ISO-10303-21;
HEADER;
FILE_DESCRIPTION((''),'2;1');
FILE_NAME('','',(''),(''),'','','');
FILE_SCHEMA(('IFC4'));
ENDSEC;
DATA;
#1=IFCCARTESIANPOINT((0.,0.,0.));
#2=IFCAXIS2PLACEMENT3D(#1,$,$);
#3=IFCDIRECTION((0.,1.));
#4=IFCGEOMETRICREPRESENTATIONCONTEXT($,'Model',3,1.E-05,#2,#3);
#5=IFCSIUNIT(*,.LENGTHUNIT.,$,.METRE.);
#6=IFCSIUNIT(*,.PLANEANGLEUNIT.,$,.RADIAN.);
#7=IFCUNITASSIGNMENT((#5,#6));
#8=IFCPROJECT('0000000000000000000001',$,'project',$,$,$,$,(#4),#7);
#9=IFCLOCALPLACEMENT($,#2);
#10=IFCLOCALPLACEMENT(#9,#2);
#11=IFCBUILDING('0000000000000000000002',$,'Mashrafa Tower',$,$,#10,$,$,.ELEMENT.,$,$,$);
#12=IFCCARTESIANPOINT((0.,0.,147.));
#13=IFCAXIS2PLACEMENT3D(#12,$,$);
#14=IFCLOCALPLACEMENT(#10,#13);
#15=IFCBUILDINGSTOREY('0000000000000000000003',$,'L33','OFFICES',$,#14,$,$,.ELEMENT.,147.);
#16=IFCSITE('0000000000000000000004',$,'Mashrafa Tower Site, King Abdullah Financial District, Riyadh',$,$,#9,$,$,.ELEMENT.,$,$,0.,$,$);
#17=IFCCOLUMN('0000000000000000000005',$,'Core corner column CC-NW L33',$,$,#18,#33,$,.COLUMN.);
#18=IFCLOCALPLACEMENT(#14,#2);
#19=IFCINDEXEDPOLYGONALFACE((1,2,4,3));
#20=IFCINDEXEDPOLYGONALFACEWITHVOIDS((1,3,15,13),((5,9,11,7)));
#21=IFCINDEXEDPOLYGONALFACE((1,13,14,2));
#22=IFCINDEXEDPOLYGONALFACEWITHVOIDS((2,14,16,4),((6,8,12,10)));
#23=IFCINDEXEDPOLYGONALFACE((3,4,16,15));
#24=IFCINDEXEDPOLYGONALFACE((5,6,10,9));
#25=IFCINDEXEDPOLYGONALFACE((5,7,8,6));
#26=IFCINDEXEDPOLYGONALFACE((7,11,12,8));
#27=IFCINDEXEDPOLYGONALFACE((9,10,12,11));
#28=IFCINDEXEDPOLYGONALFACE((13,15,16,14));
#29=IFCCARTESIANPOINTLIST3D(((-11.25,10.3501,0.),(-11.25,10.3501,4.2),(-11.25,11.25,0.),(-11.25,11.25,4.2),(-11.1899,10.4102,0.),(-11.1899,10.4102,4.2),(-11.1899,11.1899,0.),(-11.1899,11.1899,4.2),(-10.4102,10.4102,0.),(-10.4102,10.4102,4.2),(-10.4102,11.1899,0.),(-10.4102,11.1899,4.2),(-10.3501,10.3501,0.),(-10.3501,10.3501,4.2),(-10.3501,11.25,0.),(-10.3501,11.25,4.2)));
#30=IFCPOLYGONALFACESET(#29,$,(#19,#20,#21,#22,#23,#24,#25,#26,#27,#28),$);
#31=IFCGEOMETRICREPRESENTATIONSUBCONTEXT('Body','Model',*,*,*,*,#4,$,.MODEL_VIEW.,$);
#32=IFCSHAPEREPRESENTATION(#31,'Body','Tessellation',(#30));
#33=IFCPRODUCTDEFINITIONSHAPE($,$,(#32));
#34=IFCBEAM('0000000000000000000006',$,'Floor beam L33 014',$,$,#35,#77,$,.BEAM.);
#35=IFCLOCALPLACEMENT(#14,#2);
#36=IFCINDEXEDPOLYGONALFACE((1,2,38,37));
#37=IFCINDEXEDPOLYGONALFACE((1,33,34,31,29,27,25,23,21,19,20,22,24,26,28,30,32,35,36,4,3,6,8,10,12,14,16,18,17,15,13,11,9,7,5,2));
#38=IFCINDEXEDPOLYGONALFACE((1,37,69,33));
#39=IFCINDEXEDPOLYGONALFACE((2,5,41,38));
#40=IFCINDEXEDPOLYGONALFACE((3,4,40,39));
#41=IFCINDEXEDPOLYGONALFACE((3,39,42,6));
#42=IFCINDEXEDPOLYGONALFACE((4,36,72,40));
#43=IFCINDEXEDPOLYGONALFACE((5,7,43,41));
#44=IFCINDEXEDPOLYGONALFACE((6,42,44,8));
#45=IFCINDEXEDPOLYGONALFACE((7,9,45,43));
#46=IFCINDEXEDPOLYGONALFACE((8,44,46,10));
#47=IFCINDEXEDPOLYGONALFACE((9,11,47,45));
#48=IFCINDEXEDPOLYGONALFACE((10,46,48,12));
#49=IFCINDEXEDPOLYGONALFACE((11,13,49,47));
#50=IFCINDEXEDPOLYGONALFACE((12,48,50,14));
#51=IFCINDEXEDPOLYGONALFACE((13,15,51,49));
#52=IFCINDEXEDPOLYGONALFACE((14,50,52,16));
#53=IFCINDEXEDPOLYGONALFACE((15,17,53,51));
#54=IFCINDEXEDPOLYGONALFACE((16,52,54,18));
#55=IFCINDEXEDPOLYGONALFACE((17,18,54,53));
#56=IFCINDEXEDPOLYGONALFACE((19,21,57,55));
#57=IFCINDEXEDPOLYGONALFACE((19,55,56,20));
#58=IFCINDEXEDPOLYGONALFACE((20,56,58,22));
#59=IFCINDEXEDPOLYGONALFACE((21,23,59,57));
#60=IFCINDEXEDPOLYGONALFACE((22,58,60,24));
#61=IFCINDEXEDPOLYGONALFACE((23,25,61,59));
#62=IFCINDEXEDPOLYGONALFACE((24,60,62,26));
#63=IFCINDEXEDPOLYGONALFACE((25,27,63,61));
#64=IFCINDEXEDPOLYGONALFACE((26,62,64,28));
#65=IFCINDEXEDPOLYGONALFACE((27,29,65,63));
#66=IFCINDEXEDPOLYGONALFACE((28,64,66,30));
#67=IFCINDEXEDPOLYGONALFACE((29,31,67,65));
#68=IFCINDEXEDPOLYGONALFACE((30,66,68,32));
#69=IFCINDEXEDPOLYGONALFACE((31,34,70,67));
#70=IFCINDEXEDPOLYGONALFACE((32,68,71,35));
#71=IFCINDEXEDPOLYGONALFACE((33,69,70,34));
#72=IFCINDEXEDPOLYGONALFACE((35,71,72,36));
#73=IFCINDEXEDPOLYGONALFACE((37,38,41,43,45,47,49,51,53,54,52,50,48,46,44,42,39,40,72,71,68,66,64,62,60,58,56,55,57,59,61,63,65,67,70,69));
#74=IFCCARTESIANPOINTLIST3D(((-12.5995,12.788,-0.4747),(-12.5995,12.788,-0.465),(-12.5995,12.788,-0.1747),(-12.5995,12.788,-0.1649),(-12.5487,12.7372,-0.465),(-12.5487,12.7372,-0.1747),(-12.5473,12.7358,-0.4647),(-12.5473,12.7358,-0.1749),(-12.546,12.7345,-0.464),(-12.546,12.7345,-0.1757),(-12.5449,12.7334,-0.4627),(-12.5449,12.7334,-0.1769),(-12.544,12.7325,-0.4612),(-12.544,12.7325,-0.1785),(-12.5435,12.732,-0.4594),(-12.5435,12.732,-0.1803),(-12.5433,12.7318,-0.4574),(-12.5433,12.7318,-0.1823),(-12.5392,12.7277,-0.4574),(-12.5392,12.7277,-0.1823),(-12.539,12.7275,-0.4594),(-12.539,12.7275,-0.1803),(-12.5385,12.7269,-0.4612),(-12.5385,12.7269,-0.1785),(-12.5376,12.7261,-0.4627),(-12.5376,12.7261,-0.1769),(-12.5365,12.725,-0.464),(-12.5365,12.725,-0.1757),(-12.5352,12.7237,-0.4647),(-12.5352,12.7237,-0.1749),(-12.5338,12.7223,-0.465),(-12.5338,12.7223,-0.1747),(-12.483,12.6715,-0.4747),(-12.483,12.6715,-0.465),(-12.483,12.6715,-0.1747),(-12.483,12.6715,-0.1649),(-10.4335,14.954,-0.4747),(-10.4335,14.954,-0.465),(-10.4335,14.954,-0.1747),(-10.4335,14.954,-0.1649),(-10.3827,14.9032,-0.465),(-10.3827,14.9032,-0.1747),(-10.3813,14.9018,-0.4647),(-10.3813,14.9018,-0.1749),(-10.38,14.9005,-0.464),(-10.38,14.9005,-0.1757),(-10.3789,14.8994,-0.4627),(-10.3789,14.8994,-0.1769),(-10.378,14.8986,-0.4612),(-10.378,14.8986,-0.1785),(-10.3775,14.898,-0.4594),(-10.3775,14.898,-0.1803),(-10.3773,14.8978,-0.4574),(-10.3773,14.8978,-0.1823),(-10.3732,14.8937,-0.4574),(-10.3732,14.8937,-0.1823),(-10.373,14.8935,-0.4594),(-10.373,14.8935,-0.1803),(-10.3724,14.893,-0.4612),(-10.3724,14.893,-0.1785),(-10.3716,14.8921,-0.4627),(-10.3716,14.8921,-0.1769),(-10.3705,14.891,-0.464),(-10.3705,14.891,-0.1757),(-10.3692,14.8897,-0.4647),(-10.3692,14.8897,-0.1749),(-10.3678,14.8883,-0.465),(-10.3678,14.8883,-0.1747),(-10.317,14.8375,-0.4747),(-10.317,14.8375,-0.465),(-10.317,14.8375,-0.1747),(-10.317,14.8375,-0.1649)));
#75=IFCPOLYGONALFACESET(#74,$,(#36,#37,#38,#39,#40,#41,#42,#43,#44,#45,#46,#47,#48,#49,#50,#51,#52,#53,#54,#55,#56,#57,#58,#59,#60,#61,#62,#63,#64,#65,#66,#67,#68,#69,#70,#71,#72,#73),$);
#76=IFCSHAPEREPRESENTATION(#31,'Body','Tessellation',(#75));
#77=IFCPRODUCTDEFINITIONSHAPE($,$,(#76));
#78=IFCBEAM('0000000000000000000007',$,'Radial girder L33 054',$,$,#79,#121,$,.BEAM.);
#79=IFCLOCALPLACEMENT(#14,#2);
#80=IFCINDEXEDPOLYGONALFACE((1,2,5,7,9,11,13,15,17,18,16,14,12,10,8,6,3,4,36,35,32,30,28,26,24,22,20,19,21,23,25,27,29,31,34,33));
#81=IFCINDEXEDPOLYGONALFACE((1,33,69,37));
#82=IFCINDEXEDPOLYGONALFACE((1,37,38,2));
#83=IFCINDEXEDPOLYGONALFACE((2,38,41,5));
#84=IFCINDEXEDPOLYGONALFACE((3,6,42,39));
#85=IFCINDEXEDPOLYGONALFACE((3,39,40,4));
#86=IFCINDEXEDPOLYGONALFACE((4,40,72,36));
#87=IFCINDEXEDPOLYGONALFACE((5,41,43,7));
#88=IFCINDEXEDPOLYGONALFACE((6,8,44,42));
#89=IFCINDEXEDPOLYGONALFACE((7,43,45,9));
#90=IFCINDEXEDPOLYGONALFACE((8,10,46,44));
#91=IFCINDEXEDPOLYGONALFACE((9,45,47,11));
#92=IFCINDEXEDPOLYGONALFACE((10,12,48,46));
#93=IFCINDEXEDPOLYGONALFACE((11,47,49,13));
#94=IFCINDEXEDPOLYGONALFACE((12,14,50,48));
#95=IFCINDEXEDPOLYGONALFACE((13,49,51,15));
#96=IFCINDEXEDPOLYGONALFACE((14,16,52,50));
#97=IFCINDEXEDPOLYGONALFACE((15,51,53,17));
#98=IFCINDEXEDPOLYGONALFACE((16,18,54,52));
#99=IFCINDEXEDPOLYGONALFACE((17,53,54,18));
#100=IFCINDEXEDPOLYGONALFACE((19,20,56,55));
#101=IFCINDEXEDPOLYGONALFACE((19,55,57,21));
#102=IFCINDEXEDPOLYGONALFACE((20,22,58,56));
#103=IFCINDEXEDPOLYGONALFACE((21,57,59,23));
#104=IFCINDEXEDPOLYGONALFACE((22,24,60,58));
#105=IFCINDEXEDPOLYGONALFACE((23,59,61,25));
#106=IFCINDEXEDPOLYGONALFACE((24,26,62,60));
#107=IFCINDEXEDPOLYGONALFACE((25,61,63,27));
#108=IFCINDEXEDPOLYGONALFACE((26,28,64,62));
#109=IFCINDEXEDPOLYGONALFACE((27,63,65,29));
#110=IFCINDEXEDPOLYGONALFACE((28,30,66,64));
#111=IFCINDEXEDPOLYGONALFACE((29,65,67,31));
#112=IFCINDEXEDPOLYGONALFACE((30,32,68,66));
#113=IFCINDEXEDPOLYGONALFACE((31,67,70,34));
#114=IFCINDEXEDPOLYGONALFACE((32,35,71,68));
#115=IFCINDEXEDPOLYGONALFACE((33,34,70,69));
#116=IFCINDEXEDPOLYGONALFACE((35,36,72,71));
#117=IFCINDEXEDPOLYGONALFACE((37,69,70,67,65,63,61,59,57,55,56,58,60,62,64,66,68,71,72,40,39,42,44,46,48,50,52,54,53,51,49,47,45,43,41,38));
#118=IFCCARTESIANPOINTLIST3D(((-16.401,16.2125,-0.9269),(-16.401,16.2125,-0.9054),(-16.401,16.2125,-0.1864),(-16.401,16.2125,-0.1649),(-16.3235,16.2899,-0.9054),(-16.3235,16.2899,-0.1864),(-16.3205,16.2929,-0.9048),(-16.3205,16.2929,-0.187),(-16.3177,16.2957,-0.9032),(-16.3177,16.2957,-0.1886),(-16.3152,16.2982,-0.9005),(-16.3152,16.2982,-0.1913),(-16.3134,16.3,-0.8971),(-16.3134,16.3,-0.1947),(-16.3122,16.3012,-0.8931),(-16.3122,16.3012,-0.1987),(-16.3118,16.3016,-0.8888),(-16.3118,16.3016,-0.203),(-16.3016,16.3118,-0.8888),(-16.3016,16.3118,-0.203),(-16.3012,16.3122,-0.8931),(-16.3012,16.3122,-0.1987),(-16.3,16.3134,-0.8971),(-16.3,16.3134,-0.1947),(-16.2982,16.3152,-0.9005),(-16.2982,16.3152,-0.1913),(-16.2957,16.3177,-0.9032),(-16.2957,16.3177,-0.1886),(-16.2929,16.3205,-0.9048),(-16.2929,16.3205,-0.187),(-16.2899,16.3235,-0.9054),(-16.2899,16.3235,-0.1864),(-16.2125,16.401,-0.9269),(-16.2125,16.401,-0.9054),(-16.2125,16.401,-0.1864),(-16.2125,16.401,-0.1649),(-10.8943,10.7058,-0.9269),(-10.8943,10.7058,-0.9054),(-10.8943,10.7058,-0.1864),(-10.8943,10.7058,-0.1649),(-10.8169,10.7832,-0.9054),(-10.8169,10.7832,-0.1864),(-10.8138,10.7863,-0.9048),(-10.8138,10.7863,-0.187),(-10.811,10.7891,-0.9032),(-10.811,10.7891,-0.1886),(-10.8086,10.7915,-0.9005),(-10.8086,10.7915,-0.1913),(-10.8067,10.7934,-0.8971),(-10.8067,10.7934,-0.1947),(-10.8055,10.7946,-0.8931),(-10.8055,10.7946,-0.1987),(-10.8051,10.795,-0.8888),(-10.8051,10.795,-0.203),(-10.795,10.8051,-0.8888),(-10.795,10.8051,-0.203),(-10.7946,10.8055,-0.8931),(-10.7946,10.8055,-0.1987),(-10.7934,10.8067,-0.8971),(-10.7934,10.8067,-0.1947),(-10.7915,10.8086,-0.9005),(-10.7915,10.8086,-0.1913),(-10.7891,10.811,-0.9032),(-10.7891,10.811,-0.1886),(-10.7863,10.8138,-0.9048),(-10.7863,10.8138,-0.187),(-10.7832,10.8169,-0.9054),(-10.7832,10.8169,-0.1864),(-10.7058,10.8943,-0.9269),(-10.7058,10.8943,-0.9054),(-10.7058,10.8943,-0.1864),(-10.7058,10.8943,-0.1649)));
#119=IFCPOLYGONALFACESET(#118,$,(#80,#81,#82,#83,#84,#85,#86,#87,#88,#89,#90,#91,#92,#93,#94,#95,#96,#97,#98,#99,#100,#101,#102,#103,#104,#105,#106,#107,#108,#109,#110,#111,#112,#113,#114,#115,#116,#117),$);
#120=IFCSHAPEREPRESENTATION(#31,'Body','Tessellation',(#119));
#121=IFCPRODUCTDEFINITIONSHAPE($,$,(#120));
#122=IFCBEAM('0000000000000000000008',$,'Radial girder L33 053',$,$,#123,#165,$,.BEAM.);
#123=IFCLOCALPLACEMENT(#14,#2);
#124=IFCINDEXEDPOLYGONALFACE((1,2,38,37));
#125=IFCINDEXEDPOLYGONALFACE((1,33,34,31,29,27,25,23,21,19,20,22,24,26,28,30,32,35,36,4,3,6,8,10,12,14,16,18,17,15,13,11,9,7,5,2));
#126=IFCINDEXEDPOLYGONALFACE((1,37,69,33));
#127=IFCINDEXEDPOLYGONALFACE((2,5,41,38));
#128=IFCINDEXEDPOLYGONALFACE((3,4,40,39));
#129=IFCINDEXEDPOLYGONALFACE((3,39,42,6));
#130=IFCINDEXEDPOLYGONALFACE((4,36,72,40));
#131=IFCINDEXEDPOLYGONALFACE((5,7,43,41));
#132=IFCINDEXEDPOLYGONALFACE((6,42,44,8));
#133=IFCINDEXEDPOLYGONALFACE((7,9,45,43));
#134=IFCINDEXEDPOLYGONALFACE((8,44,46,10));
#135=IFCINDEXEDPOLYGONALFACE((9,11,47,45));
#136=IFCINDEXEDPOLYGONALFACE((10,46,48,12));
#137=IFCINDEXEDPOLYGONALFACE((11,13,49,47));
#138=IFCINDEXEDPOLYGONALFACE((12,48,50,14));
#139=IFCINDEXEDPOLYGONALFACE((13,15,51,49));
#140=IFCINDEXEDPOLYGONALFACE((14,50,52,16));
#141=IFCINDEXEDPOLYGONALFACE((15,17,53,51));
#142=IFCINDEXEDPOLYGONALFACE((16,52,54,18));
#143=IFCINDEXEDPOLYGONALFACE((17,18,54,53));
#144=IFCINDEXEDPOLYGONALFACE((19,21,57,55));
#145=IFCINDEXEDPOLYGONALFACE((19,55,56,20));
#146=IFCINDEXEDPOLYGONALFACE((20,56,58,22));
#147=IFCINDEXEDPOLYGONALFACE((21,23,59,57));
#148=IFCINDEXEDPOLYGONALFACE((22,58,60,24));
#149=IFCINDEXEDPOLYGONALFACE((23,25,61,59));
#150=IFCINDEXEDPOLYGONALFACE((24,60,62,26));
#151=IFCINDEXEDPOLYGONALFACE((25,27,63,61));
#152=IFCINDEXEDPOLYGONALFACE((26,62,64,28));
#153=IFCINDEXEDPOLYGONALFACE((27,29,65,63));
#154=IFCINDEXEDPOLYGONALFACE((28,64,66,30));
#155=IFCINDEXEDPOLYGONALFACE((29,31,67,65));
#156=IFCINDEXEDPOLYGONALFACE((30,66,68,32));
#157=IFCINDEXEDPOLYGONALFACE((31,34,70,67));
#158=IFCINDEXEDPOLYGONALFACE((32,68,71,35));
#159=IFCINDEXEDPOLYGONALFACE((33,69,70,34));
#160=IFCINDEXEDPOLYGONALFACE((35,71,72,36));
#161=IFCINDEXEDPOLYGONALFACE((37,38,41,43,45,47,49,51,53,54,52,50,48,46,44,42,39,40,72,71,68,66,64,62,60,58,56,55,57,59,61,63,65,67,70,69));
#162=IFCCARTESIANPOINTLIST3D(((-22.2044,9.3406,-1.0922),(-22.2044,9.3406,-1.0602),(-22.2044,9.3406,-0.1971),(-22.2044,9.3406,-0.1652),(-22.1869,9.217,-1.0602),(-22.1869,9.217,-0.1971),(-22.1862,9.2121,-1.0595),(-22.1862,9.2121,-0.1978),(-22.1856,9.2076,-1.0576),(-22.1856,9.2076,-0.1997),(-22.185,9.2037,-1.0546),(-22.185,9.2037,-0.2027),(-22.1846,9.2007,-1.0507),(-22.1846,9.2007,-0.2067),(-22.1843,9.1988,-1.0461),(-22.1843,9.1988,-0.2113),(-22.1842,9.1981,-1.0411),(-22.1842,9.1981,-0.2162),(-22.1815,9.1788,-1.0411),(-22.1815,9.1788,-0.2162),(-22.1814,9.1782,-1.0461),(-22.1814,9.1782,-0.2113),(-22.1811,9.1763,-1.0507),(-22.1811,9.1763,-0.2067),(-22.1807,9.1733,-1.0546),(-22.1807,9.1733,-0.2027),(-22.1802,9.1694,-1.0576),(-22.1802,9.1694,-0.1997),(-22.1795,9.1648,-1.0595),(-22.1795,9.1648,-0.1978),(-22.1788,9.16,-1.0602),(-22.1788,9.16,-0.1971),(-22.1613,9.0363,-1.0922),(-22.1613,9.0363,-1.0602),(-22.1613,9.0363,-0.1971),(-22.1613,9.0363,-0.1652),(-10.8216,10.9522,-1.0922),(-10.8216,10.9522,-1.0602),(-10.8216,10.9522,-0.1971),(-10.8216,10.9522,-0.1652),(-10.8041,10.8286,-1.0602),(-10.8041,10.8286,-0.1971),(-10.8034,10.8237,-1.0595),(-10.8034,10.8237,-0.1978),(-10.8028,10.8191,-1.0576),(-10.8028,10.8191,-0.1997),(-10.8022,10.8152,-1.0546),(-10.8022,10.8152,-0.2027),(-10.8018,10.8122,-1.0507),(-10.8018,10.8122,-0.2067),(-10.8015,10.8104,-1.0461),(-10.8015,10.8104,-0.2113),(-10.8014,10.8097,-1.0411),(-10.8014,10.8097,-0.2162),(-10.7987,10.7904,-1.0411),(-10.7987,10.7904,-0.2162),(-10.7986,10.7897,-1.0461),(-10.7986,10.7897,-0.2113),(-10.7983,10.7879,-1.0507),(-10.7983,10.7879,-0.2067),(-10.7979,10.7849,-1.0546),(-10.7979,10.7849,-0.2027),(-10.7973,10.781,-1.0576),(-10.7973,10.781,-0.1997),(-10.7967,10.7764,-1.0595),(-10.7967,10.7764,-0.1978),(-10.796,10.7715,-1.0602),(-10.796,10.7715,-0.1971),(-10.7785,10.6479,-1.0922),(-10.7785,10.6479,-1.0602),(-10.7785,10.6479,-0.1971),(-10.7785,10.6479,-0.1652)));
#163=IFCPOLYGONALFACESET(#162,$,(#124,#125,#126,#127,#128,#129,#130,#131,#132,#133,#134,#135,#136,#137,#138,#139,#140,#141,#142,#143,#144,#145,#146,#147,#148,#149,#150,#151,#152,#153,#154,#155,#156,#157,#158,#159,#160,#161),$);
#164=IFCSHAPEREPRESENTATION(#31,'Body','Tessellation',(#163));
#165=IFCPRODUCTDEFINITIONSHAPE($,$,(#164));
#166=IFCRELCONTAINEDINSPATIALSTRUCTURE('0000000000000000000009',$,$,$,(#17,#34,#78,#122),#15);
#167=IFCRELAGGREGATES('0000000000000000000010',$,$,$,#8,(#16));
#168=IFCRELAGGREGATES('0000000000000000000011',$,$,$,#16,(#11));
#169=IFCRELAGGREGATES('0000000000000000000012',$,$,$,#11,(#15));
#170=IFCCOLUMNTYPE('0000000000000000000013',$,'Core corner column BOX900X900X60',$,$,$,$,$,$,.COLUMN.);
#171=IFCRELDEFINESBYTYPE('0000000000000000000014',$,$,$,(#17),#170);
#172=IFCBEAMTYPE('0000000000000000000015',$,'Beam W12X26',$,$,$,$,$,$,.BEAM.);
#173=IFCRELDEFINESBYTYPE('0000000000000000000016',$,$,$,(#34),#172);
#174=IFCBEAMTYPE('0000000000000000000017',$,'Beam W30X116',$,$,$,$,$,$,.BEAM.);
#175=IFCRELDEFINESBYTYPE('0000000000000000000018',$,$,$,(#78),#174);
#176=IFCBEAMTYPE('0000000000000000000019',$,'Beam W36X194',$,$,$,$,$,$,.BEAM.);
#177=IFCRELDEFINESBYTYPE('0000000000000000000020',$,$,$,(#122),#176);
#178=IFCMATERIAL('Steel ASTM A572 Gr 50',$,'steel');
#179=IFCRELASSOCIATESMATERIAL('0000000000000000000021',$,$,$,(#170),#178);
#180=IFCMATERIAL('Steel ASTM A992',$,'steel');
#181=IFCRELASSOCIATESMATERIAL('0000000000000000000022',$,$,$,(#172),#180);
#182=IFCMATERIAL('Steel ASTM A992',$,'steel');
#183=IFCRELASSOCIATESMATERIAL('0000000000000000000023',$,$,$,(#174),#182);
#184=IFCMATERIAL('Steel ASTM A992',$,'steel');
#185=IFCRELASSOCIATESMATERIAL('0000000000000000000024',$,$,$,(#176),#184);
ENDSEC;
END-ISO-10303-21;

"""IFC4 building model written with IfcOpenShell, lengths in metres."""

from ifc_helpers import new_model, si_unit, direction, frame, origin, origin_2d, place, context, subcontext, project, spatial, hollow_rectangle, i_section, extrude, material, material_profile, profile_set, type_object, element, save


model = new_model("IFC4")

# Units and contexts
model_context = context("Model", 3, precision=1e-05, world=origin(), true_north=direction((0.0, 1.0)))
body_context = subcontext(model_context, "Body", "Model", "MODEL_VIEW")
ifc_project = project(units=[si_unit("LENGTHUNIT", "METRE"), si_unit("PLANEANGLEUNIT", "RADIAN")], contexts=[model_context])

# Site, building, storey
site_placement = place(None, origin())
site = spatial("IfcSite", under=ifc_project, at=site_placement, Name="Mashrafa Tower Site, King Abdullah Financial District, Riyadh", CompositionType="ELEMENT", RefElevation=0.0)
building_placement = place(site_placement, origin())
building = spatial("IfcBuilding", under=site, at=building_placement, Name="Mashrafa Tower", CompositionType="ELEMENT")
storey_placement = place(building_placement, frame((0.0, 0.0, 147.0)))
storey = spatial("IfcBuildingStorey", under=building, at=storey_placement, Name="L33", Description="OFFICES", CompositionType="ELEMENT", Elevation=147.0)

# Column
ifc_material_1 = material(Name="Steel ASTM A572 Gr 50", Category="steel")
ifc_material_profile_1 = material_profile(ifc_material_1, hollow_rectangle(XDim=0.8999, YDim=0.8999, WallThickness=0.0601, at=origin_2d()), Name="BOX900X900X60")
ifc_profile_set_1 = profile_set([ifc_material_profile_1], Name="Steel ASTM A572 Gr 50")
column_type = type_object("IfcColumnType", Name="Core corner column BOX900X900X60", PredefinedType="COLUMN", material=ifc_profile_set_1)
column_placement = place(storey_placement, frame((-10.8, 10.8, 0.0), z_axis=(0.0, 0.0, 1.0), x_axis=(1.0, 0.0, 0.0)))
element("IfcColumn", 1, at=column_placement, inside=storey, type_object=column_type, Name="Core corner column CC-NW L33", PredefinedType="COLUMN", context=body_context, shape_type="SweptSolid", body=[
    extrude(hollow_rectangle(XDim=0.8999, YDim=0.8999, WallThickness=0.0601, at=origin_2d()), origin(), (0.0, 0.0, 1.0), 4.2),
])

# Beams
ifc_material_2 = material(Name="Steel ASTM A992", Category="steel")
ifc_material_profile_2 = material_profile(ifc_material_2, i_section(OverallWidth=0.1648, OverallDepth=0.3098, WebThickness=0.0059, FlangeThickness=0.0098, FilletRadius=0.0076, at=origin_2d()), Name="W12X26")
ifc_profile_set_2 = profile_set([ifc_material_profile_2], Name="Steel ASTM A992")
beam_type_1 = type_object("IfcBeamType", Name="Beam W12X26", PredefinedType="BEAM", material=ifc_profile_set_2)
beam_1_placement = place(storey_placement, frame((-12.5413, 12.7297, -0.3198), z_axis=(0.707107, 0.707107, 0.0), x_axis=(-0.707107, 0.707107, 0.0)))
element("IfcBeam", 2, at=beam_1_placement, inside=storey, type_object=beam_type_1, Name="Floor beam L33 014", PredefinedType="BEAM", context=body_context, shape_type="SweptSolid", body=[
    extrude(i_section(OverallWidth=0.1648, OverallDepth=0.3098, WebThickness=0.0059, FlangeThickness=0.0098, FilletRadius=0.0076, at=origin_2d()), origin(), (0.0, 0.0, 1.0), 3.0632),
])
ifc_material_3 = material(Name="Steel ASTM A992", Category="steel")
ifc_material_profile_3 = material_profile(ifc_material_3, i_section(OverallWidth=0.2666, OverallDepth=0.762, WebThickness=0.0144, FlangeThickness=0.0215, FilletRadius=0.0166, at=origin_2d()), Name="W30X116")
ifc_profile_set_3 = profile_set([ifc_material_profile_3], Name="Steel ASTM A992")
beam_type_2 = type_object("IfcBeamType", Name="Beam W30X116", PredefinedType="BEAM", material=ifc_profile_set_3)
beam_2_placement = place(storey_placement, frame((-10.8, 10.8, -0.5459), z_axis=(-0.707107, 0.707107, 0.0), x_axis=(-0.707107, -0.707107, 0.0)))
element("IfcBeam", 3, at=beam_2_placement, inside=storey, type_object=beam_type_2, Name="Radial girder L33 054", PredefinedType="BEAM", context=body_context, shape_type="SweptSolid", body=[
    extrude(i_section(OverallWidth=0.2666, OverallDepth=0.762, WebThickness=0.0144, FlangeThickness=0.0215, FilletRadius=0.0166, at=origin_2d()), origin(), (0.0, 0.0, 1.0), 7.7876),
])
ifc_material_4 = material(Name="Steel ASTM A992", Category="steel")
ifc_material_profile_4 = material_profile(ifc_material_4, i_section(OverallWidth=0.3074, OverallDepth=0.927, WebThickness=0.0195, FlangeThickness=0.032, FilletRadius=0.019, at=origin_2d()), Name="W36X194")
ifc_profile_set_4 = profile_set([ifc_material_profile_4], Name="Steel ASTM A992")
beam_type_3 = type_object("IfcBeamType", Name="Beam W36X194", PredefinedType="BEAM", material=ifc_profile_set_4)
for number, where, z_axis, x_axis, name in (
    (4, (-10.8, 10.8, -0.6287), (-0.990126, -0.140181, 0.0), (0.140181, -0.990126, 0.0), "Radial girder L33 053"),
):
    element("IfcBeam", number, at=place(storey_placement, frame(where, z_axis=z_axis, x_axis=x_axis)), inside=storey, type_object=beam_type_3, Name=name, PredefinedType="BEAM", context=body_context, shape_type="SweptSolid", body=[
        extrude(i_section(OverallWidth=0.3074, OverallDepth=0.927, WebThickness=0.0195, FlangeThickness=0.032, FilletRadius=0.019, at=origin_2d()), origin(), (0.0, 0.0, 1.0), 11.4963),
    ])

save(model, "model.ifc")
